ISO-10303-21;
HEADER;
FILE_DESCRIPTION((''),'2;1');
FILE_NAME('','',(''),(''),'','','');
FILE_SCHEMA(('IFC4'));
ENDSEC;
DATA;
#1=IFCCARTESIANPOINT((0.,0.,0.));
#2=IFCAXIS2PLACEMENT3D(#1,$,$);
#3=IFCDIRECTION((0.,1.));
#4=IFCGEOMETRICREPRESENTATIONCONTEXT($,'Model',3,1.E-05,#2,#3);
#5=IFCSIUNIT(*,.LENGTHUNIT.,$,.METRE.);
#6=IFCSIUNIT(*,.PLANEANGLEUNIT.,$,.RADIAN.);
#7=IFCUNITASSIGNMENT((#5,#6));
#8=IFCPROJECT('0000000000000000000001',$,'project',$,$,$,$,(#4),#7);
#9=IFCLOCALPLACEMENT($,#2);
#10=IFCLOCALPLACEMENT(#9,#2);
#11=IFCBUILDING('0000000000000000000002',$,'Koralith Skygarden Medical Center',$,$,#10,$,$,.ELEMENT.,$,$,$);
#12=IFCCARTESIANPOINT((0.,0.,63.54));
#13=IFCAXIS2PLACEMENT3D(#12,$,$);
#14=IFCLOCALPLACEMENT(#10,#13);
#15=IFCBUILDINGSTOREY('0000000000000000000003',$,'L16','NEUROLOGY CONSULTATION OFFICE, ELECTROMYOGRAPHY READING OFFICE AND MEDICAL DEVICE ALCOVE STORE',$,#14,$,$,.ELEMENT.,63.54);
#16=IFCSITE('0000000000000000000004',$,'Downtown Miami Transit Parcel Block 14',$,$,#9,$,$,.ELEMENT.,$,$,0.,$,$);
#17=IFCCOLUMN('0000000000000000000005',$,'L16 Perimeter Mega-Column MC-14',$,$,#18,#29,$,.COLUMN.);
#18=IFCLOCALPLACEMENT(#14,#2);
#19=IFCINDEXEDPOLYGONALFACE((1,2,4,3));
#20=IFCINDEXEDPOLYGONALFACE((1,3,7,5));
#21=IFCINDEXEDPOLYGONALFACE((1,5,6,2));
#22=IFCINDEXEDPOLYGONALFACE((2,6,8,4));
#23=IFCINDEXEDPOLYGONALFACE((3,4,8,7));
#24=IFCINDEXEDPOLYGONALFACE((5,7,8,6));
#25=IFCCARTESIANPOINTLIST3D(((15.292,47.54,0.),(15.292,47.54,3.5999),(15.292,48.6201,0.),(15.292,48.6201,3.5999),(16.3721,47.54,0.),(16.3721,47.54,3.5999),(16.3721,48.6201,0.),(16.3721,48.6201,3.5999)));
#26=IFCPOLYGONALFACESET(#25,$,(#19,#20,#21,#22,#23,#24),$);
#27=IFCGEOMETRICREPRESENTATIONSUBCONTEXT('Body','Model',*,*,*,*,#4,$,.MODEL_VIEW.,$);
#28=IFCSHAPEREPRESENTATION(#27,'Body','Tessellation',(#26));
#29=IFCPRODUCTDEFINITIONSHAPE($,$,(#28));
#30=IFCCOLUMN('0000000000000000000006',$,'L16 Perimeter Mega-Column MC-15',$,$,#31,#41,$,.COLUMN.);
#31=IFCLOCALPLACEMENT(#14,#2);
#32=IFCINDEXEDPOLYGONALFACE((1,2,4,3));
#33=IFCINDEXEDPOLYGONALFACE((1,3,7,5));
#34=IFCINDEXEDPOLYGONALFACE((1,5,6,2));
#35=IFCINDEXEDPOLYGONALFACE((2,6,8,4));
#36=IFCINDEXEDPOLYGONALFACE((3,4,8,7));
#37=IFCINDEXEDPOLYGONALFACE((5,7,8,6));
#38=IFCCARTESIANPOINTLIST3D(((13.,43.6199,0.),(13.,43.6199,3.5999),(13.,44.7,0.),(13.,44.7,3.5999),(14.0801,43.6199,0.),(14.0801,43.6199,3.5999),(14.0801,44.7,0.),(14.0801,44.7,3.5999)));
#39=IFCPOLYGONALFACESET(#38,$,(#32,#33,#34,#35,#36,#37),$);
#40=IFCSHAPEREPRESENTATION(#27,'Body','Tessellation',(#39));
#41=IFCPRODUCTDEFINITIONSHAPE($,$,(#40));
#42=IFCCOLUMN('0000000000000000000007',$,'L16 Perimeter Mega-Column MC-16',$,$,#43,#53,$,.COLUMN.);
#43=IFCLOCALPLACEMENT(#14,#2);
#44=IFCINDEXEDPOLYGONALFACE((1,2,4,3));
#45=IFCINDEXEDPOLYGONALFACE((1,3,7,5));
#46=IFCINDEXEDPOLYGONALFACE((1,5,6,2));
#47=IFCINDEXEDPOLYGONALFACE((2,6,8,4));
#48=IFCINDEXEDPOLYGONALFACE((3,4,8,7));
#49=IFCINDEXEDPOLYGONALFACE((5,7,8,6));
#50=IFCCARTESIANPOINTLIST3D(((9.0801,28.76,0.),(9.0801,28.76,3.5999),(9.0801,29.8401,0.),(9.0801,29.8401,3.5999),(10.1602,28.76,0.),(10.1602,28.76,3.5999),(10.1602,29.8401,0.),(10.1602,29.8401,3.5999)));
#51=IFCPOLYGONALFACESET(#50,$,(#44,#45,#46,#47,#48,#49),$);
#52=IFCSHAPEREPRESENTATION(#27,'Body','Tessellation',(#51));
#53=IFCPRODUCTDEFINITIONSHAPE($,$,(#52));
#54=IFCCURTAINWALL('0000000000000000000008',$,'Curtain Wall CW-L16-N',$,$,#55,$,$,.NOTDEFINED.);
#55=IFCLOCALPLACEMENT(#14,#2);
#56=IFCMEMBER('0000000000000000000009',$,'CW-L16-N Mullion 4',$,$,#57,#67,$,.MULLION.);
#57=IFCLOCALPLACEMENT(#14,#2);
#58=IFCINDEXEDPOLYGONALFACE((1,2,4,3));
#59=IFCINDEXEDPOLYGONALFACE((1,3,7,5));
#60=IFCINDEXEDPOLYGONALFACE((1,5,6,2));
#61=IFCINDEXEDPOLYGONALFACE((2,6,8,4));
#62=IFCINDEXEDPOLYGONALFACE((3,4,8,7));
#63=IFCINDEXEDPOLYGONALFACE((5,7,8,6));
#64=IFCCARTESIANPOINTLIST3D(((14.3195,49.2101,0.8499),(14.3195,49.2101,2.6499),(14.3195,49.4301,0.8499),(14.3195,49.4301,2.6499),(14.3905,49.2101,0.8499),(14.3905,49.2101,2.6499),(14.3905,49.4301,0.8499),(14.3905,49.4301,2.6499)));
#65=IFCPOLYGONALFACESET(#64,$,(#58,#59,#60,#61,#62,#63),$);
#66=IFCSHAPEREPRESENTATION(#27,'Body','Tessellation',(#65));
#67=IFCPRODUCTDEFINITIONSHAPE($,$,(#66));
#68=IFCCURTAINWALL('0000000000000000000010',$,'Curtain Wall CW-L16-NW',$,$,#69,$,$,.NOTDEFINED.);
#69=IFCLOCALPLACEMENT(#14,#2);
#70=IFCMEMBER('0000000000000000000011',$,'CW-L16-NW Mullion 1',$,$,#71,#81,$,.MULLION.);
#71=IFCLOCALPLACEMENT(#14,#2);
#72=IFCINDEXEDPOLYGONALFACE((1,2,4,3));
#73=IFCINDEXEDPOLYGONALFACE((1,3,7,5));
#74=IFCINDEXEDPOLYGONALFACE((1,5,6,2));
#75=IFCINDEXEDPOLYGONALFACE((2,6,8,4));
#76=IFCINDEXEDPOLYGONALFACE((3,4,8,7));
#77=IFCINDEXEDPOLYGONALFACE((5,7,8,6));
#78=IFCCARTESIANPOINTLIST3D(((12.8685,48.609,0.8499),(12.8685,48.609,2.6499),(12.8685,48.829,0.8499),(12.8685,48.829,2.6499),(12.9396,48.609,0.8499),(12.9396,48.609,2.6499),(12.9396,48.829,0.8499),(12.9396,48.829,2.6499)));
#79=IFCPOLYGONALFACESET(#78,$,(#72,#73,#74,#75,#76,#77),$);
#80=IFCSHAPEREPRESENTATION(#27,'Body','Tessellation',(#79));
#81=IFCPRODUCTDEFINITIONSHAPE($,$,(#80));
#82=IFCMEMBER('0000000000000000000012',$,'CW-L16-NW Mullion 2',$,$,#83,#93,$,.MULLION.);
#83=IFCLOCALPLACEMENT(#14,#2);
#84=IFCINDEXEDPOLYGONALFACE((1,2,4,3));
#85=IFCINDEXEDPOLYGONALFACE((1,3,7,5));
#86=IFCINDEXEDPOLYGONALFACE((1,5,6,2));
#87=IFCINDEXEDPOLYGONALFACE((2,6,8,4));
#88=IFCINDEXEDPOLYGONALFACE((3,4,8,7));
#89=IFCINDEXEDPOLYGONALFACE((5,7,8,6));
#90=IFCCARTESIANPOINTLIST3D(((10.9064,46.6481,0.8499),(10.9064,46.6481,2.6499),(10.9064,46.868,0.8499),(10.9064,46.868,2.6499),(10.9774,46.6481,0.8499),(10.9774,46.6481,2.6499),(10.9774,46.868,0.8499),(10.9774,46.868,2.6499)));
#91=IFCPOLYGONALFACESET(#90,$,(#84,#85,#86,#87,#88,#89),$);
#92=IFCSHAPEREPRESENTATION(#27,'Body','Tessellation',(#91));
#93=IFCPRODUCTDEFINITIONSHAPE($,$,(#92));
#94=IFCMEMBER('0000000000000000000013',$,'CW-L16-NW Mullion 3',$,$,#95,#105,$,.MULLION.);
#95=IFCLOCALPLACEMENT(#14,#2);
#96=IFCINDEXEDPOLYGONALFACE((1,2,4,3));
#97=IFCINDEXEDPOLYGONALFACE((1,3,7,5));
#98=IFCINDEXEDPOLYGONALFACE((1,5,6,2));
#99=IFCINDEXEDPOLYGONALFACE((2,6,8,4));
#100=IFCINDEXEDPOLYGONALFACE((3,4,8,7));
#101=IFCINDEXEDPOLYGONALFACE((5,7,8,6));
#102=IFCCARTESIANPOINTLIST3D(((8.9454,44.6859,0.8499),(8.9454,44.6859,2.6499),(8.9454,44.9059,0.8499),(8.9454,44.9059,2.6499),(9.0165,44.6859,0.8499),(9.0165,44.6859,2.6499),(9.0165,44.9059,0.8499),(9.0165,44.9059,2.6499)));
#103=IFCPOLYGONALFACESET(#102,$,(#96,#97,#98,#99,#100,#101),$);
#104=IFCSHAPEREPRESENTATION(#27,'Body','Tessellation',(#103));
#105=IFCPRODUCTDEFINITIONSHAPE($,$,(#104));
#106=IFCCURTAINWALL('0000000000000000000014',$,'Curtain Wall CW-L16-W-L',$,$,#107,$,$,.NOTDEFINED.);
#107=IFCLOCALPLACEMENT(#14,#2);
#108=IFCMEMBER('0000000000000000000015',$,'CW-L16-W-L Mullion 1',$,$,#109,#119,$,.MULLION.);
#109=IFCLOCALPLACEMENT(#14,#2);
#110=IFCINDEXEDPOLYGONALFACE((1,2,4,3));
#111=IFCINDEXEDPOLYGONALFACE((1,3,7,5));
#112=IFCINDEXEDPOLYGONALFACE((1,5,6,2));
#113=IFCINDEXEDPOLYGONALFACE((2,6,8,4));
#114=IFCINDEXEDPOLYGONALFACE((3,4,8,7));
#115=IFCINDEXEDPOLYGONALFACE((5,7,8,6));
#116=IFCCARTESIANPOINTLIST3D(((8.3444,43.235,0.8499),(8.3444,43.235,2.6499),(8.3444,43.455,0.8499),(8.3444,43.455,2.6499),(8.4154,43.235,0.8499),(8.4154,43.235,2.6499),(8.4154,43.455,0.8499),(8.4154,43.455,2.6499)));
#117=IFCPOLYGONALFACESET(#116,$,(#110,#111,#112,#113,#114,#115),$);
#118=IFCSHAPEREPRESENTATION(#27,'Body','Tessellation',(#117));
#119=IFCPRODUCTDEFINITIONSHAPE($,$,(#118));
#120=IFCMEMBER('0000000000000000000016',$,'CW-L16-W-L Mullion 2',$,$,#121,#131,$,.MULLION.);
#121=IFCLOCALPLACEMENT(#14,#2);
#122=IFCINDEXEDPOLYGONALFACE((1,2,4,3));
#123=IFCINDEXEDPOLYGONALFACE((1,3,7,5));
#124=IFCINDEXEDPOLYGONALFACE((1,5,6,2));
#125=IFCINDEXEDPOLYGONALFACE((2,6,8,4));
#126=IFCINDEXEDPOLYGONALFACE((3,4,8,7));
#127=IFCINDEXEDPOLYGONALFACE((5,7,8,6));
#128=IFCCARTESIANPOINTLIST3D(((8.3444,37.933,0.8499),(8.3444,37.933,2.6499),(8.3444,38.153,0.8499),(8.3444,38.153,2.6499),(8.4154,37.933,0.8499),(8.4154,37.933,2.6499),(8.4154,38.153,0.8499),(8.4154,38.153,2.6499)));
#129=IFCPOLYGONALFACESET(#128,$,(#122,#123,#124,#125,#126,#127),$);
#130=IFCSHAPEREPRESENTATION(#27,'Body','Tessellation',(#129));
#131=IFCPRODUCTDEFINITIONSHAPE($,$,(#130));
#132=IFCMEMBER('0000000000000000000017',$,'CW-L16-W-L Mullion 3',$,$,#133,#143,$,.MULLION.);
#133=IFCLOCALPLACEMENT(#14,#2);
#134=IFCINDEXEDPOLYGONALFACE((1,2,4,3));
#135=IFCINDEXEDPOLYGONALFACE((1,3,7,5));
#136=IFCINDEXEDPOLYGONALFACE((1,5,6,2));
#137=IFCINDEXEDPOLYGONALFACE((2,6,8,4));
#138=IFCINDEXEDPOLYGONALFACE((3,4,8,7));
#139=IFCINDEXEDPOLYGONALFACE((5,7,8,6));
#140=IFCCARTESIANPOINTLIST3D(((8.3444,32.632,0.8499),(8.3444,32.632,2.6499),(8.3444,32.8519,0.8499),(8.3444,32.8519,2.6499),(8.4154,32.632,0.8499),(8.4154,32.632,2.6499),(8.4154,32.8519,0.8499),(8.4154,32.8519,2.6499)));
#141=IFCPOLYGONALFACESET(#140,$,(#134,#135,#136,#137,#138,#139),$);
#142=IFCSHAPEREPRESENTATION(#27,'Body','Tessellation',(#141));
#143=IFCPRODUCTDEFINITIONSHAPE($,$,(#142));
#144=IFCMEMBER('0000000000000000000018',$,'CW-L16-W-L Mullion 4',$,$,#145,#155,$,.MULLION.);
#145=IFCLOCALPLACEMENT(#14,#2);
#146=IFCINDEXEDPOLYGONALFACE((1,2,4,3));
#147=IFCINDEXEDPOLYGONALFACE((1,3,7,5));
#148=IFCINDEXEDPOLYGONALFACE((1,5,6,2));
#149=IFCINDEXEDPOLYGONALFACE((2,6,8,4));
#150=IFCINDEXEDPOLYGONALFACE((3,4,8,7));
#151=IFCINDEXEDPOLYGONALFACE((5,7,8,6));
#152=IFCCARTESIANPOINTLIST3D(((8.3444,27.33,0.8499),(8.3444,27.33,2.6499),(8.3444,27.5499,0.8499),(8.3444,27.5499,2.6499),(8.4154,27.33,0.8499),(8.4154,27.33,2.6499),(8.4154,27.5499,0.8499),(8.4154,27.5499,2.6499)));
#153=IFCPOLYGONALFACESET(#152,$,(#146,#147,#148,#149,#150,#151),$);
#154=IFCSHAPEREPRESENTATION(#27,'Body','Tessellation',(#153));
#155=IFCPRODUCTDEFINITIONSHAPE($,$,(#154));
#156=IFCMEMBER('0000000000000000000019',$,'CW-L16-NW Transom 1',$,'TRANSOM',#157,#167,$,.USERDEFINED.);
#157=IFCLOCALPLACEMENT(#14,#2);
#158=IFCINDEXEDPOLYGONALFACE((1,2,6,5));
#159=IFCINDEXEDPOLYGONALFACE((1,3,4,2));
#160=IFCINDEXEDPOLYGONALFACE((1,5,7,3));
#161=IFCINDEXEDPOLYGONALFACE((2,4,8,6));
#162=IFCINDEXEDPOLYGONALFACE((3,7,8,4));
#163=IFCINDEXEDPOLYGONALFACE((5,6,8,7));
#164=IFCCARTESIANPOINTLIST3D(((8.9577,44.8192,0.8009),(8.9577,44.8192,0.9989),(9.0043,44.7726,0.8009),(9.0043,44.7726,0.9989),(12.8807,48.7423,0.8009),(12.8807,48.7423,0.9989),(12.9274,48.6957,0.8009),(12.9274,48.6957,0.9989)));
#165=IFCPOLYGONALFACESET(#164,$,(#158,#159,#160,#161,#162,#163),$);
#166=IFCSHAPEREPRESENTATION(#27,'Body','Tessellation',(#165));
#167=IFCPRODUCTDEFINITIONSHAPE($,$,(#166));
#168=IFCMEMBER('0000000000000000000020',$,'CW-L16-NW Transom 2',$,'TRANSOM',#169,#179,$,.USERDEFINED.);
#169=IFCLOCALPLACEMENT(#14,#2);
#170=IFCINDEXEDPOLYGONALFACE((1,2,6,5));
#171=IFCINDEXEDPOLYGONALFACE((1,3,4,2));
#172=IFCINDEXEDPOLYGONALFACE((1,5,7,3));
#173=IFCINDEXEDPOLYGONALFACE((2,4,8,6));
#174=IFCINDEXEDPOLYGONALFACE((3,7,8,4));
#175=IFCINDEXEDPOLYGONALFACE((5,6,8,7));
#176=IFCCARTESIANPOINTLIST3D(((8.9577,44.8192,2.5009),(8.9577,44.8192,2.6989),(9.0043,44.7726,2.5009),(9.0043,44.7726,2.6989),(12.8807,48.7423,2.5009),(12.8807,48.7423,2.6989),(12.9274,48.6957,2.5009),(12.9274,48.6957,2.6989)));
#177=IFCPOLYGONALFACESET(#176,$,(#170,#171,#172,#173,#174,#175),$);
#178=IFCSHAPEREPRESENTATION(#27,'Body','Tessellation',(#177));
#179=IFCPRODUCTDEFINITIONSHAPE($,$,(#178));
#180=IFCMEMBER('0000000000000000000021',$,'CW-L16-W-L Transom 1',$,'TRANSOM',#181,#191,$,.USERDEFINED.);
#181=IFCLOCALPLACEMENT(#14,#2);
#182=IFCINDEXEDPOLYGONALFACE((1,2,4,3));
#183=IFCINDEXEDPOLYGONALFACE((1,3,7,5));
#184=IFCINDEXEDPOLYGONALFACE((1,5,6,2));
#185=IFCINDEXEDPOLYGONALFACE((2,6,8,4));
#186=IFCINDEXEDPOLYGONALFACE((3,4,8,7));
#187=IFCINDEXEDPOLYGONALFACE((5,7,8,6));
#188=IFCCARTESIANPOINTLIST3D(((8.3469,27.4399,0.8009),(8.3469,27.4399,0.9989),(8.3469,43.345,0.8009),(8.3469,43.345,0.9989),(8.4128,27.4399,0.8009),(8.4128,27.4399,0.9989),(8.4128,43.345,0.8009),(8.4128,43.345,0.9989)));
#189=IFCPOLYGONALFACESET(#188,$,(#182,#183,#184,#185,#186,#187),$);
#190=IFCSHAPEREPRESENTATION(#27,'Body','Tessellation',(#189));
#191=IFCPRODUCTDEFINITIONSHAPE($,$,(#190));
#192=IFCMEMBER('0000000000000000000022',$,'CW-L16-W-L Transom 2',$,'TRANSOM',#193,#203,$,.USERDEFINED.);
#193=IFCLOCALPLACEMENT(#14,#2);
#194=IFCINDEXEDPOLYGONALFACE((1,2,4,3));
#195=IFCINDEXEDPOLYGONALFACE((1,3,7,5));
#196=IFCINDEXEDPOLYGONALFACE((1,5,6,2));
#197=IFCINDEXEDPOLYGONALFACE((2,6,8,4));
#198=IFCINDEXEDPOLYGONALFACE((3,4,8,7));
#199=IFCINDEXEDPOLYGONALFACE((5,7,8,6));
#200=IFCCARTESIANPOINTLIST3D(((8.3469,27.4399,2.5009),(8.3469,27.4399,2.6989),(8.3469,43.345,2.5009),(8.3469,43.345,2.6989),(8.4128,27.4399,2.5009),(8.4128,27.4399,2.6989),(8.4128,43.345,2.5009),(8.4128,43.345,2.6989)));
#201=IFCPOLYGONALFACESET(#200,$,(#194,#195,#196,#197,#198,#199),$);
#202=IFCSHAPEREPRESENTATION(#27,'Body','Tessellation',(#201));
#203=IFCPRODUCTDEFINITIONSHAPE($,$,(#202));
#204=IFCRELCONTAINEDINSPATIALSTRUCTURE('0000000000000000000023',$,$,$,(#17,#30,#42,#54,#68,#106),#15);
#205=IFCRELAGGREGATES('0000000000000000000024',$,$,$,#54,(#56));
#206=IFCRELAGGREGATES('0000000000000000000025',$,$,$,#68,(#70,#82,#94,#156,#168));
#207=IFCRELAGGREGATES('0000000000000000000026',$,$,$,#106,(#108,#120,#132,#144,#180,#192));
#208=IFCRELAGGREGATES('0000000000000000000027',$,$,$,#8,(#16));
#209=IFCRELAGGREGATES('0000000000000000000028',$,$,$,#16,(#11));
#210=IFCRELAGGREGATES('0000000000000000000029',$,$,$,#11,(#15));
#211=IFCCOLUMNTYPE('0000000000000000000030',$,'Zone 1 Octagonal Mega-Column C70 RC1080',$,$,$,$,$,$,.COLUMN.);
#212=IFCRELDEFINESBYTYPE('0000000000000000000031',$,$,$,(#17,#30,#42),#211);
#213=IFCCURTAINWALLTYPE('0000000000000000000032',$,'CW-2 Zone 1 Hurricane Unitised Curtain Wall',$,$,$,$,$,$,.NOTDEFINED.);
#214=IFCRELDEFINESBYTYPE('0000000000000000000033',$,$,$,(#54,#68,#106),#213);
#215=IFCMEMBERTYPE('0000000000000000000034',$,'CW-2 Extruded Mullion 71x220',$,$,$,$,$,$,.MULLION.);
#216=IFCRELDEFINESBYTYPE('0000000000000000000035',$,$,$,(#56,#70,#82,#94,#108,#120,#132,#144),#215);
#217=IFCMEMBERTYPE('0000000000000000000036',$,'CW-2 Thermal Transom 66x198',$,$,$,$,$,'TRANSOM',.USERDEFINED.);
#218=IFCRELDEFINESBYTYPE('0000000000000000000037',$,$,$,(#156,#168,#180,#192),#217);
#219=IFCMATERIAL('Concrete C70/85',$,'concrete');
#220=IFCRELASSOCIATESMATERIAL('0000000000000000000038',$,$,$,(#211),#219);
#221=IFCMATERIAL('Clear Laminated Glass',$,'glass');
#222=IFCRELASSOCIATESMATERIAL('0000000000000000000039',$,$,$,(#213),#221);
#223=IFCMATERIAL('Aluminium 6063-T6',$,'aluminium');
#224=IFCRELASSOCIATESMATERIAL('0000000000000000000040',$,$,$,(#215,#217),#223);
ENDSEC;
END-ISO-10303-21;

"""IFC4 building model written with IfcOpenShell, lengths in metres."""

from ifc_helpers import new_model, si_unit, direction, frame, origin, origin_2d, place, context, subcontext, project, spatial, rectangle, extrude, material, material_profile, profile_set, type_object, element, aggregate, save


model = new_model("IFC4")

# Units and contexts
model_context = context("Model", 3, precision=1e-05, world=origin(), true_north=direction((0.0, 1.0)))
body_context = subcontext(model_context, "Body", "Model", "MODEL_VIEW")
ifc_project = project(units=[si_unit("LENGTHUNIT", "METRE"), si_unit("PLANEANGLEUNIT", "RADIAN")], contexts=[model_context])

# Site, building, storey
site_placement = place(None, origin())
site = spatial("IfcSite", under=ifc_project, at=site_placement, Name="Downtown Miami Transit Parcel Block 14", CompositionType="ELEMENT", RefElevation=0.0)
building_placement = place(site_placement, origin())
building = spatial("IfcBuilding", under=site, at=building_placement, Name="Koralith Skygarden Medical Center", CompositionType="ELEMENT")
storey_placement = place(building_placement, frame((0.0, 0.0, 63.54)))
storey = spatial("IfcBuildingStorey", under=building, at=storey_placement, Name="L16", Description="NEUROLOGY CONSULTATION OFFICE, ELECTROMYOGRAPHY READING OFFICE AND MEDICAL DEVICE ALCOVE STORE", CompositionType="ELEMENT", Elevation=63.54)

# Columns
ifc_material_1 = material(Name="Concrete C70/85", Category="concrete")
ifc_material_profile_1 = material_profile(ifc_material_1, rectangle(XDim=1.0801, YDim=1.0801, at=origin_2d()), Name="RC1080X1080")
ifc_profile_set_1 = profile_set([ifc_material_profile_1], Name="Concrete C70/85")
column_type = type_object("IfcColumnType", Name="Zone 1 Octagonal Mega-Column C70 RC1080", PredefinedType="COLUMN", material=ifc_profile_set_1)
for number, where, z_axis, x_axis, name in (
    (1, (15.832, 48.0801, 0.0), (0.0, 0.0, 1.0), (1.0, 0.0, 0.0), "L16 Perimeter Mega-Column MC-14"),
    (2, (13.54, 44.1599, 0.0), (0.0, 0.0, 1.0), (1.0, 0.0, 0.0), "L16 Perimeter Mega-Column MC-15"),
    (3, (9.6201, 29.3, 0.0), (0.0, 0.0, 1.0), (1.0, 0.0, 0.0), "L16 Perimeter Mega-Column MC-16"),
):
    element("IfcColumn", number, at=place(storey_placement, frame(where, z_axis=z_axis, x_axis=x_axis)), inside=storey, type_object=column_type, Name=name, PredefinedType="COLUMN", context=body_context, shape_type="SweptSolid", body=[
        extrude(rectangle(XDim=1.0801, YDim=1.0801, at=origin_2d()), origin(), (0.0, 0.0, 1.0), 3.5999),
    ])

# Curtain wall, member
ifc_material_2 = material(Name="Clear Laminated Glass", Category="glass")
curtain_wall_type = type_object("IfcCurtainWallType", Name="CW-2 Zone 1 Hurricane Unitised Curtain Wall", PredefinedType="NOTDEFINED", material=ifc_material_2)
curtain_wall_1_placement = place(storey_placement, origin())
curtain_wall_1 = element("IfcCurtainWall", 4, at=curtain_wall_1_placement, inside=storey, type_object=curtain_wall_type, Name="Curtain Wall CW-L16-N", PredefinedType="NOTDEFINED")
ifc_material_3 = material(Name="Aluminium 6063-T6", Category="aluminium")
ifc_material_profile_2 = material_profile(ifc_material_3, rectangle(XDim=0.071, YDim=0.22, at=origin_2d()), Name="MUL71X220")
ifc_profile_set_2 = profile_set([ifc_material_profile_2], Name="Aluminium 6063-T6")
member_type_1 = type_object("IfcMemberType", Name="CW-2 Extruded Mullion 71x220", PredefinedType="MULLION", material=ifc_profile_set_2)
member_1_placement = place(storey_placement, frame((14.355, 49.3201, 0.8499), z_axis=(0.0, 0.0, 1.0), x_axis=(1.0, 0.0, 0.0)))
member_1 = element("IfcMember", 5, at=member_1_placement, type_object=member_type_1, Name="CW-L16-N Mullion 4", PredefinedType="MULLION", context=body_context, shape_type="SweptSolid", body=[
    extrude(rectangle(XDim=0.071, YDim=0.22, at=origin_2d()), origin(), (0.0, 0.0, 1.0), 1.8),
])

# Curtain walls, members
curtain_wall_2_placement = place(storey_placement, origin())
curtain_wall_2 = element("IfcCurtainWall", 6, at=curtain_wall_2_placement, inside=storey, type_object=curtain_wall_type, Name="Curtain Wall CW-L16-NW", PredefinedType="NOTDEFINED")
member_2_placement = place(storey_placement, frame((12.9041, 48.719, 0.8499), z_axis=(0.0, 0.0, 1.0), x_axis=(1.0, 0.0, 0.0)))
member_2 = element("IfcMember", 7, at=member_2_placement, type_object=member_type_1, Name="CW-L16-NW Mullion 1", PredefinedType="MULLION", context=body_context, shape_type="SweptSolid", body=[
    extrude(rectangle(XDim=0.071, YDim=0.22, at=origin_2d()), origin(), (0.0, 0.0, 1.0), 1.8),
])
member_3_placement = place(storey_placement, frame((10.9419, 46.7581, 0.8499), z_axis=(0.0, 0.0, 1.0), x_axis=(1.0, 0.0, 0.0)))
member_3 = element("IfcMember", 8, at=member_3_placement, type_object=member_type_1, Name="CW-L16-NW Mullion 2", PredefinedType="MULLION", context=body_context, shape_type="SweptSolid", body=[
    extrude(rectangle(XDim=0.071, YDim=0.22, at=origin_2d()), origin(), (0.0, 0.0, 1.0), 1.8),
])
member_4_placement = place(storey_placement, frame((8.981, 44.7959, 0.8499), z_axis=(0.0, 0.0, 1.0), x_axis=(1.0, 0.0, 0.0)))
member_4 = element("IfcMember", 9, at=member_4_placement, type_object=member_type_1, Name="CW-L16-NW Mullion 3", PredefinedType="MULLION", context=body_context, shape_type="SweptSolid", body=[
    extrude(rectangle(XDim=0.071, YDim=0.22, at=origin_2d()), origin(), (0.0, 0.0, 1.0), 1.8),
])
curtain_wall_3_placement = place(storey_placement, origin())
curtain_wall_3 = element("IfcCurtainWall", 10, at=curtain_wall_3_placement, inside=storey, type_object=curtain_wall_type, Name="Curtain Wall CW-L16-W-L", PredefinedType="NOTDEFINED")
member_5_placement = place(storey_placement, frame((8.3799, 43.345, 0.8499), z_axis=(0.0, 0.0, 1.0), x_axis=(1.0, 0.0, 0.0)))
member_5 = element("IfcMember", 11, at=member_5_placement, type_object=member_type_1, Name="CW-L16-W-L Mullion 1", PredefinedType="MULLION", context=body_context, shape_type="SweptSolid", body=[
    extrude(rectangle(XDim=0.071, YDim=0.22, at=origin_2d()), origin(), (0.0, 0.0, 1.0), 1.8),
])
member_6_placement = place(storey_placement, frame((8.3799, 38.043, 0.8499), z_axis=(0.0, 0.0, 1.0), x_axis=(1.0, 0.0, 0.0)))
member_6 = element("IfcMember", 12, at=member_6_placement, type_object=member_type_1, Name="CW-L16-W-L Mullion 2", PredefinedType="MULLION", context=body_context, shape_type="SweptSolid", body=[
    extrude(rectangle(XDim=0.071, YDim=0.22, at=origin_2d()), origin(), (0.0, 0.0, 1.0), 1.8),
])
member_7_placement = place(storey_placement, frame((8.3799, 32.7419, 0.8499), z_axis=(0.0, 0.0, 1.0), x_axis=(1.0, 0.0, 0.0)))
member_7 = element("IfcMember", 13, at=member_7_placement, type_object=member_type_1, Name="CW-L16-W-L Mullion 3", PredefinedType="MULLION", context=body_context, shape_type="SweptSolid", body=[
    extrude(rectangle(XDim=0.071, YDim=0.22, at=origin_2d()), origin(), (0.0, 0.0, 1.0), 1.8),
])
member_8_placement = place(storey_placement, frame((8.3799, 27.4399, 0.8499), z_axis=(0.0, 0.0, 1.0), x_axis=(1.0, 0.0, 0.0)))
member_8 = element("IfcMember", 14, at=member_8_placement, type_object=member_type_1, Name="CW-L16-W-L Mullion 4", PredefinedType="MULLION", context=body_context, shape_type="SweptSolid", body=[
    extrude(rectangle(XDim=0.071, YDim=0.22, at=origin_2d()), origin(), (0.0, 0.0, 1.0), 1.8),
])

# Members
ifc_material_profile_3 = material_profile(ifc_material_3, rectangle(XDim=0.0659, YDim=0.198, at=origin_2d()), Name="TRN66X198")
ifc_profile_set_3 = profile_set([ifc_material_profile_3], Name="Aluminium 6063-T6")
member_type_2 = type_object("IfcMemberType", Name="CW-2 Thermal Transom 66x198", ElementType="TRANSOM", PredefinedType="USERDEFINED", material=ifc_profile_set_3)
member_9_placement = place(storey_placement, frame((12.9041, 48.719, 0.8999), z_axis=(-0.707107, -0.707107, 0.0), x_axis=(0.707107, -0.707107, 0.0)))
member_9 = element("IfcMember", 15, at=member_9_placement, type_object=member_type_2, Name="CW-L16-NW Transom 1", ObjectType="TRANSOM", PredefinedType="USERDEFINED", context=body_context, shape_type="SweptSolid", body=[
    extrude(rectangle(XDim=0.0659, YDim=0.198, at=origin_2d()), origin(), (0.0, 0.0, 1.0), 5.5481),
])
member_10_placement = place(storey_placement, frame((12.9041, 48.719, 2.5999), z_axis=(-0.707107, -0.707107, 0.0), x_axis=(0.707107, -0.707107, 0.0)))
member_10 = element("IfcMember", 16, at=member_10_placement, type_object=member_type_2, Name="CW-L16-NW Transom 2", ObjectType="TRANSOM", PredefinedType="USERDEFINED", context=body_context, shape_type="SweptSolid", body=[
    extrude(rectangle(XDim=0.0659, YDim=0.198, at=origin_2d()), origin(), (0.0, 0.0, 1.0), 5.5481),
])
member_11_placement = place(storey_placement, frame((8.3799, 43.345, 0.8999), z_axis=(0.0, -1.0, 0.0), x_axis=(1.0, 0.0, 0.0)))
member_11 = element("IfcMember", 17, at=member_11_placement, type_object=member_type_2, Name="CW-L16-W-L Transom 1", ObjectType="TRANSOM", PredefinedType="USERDEFINED", context=body_context, shape_type="SweptSolid", body=[
    extrude(rectangle(XDim=0.0659, YDim=0.198, at=origin_2d()), origin(), (0.0, 0.0, 1.0), 15.905),
])
member_12_placement = place(storey_placement, frame((8.3799, 43.345, 2.5999), z_axis=(0.0, -1.0, 0.0), x_axis=(1.0, 0.0, 0.0)))
member_12 = element("IfcMember", 18, at=member_12_placement, type_object=member_type_2, Name="CW-L16-W-L Transom 2", ObjectType="TRANSOM", PredefinedType="USERDEFINED", context=body_context, shape_type="SweptSolid", body=[
    extrude(rectangle(XDim=0.0659, YDim=0.198, at=origin_2d()), origin(), (0.0, 0.0, 1.0), 15.905),
])

aggregate(curtain_wall_1, [member_1])
aggregate(curtain_wall_2, [member_2, member_3, member_4, member_9, member_10])
aggregate(curtain_wall_3, [member_5, member_6, member_7, member_8, member_11, member_12])

save(model, "model.ifc")
